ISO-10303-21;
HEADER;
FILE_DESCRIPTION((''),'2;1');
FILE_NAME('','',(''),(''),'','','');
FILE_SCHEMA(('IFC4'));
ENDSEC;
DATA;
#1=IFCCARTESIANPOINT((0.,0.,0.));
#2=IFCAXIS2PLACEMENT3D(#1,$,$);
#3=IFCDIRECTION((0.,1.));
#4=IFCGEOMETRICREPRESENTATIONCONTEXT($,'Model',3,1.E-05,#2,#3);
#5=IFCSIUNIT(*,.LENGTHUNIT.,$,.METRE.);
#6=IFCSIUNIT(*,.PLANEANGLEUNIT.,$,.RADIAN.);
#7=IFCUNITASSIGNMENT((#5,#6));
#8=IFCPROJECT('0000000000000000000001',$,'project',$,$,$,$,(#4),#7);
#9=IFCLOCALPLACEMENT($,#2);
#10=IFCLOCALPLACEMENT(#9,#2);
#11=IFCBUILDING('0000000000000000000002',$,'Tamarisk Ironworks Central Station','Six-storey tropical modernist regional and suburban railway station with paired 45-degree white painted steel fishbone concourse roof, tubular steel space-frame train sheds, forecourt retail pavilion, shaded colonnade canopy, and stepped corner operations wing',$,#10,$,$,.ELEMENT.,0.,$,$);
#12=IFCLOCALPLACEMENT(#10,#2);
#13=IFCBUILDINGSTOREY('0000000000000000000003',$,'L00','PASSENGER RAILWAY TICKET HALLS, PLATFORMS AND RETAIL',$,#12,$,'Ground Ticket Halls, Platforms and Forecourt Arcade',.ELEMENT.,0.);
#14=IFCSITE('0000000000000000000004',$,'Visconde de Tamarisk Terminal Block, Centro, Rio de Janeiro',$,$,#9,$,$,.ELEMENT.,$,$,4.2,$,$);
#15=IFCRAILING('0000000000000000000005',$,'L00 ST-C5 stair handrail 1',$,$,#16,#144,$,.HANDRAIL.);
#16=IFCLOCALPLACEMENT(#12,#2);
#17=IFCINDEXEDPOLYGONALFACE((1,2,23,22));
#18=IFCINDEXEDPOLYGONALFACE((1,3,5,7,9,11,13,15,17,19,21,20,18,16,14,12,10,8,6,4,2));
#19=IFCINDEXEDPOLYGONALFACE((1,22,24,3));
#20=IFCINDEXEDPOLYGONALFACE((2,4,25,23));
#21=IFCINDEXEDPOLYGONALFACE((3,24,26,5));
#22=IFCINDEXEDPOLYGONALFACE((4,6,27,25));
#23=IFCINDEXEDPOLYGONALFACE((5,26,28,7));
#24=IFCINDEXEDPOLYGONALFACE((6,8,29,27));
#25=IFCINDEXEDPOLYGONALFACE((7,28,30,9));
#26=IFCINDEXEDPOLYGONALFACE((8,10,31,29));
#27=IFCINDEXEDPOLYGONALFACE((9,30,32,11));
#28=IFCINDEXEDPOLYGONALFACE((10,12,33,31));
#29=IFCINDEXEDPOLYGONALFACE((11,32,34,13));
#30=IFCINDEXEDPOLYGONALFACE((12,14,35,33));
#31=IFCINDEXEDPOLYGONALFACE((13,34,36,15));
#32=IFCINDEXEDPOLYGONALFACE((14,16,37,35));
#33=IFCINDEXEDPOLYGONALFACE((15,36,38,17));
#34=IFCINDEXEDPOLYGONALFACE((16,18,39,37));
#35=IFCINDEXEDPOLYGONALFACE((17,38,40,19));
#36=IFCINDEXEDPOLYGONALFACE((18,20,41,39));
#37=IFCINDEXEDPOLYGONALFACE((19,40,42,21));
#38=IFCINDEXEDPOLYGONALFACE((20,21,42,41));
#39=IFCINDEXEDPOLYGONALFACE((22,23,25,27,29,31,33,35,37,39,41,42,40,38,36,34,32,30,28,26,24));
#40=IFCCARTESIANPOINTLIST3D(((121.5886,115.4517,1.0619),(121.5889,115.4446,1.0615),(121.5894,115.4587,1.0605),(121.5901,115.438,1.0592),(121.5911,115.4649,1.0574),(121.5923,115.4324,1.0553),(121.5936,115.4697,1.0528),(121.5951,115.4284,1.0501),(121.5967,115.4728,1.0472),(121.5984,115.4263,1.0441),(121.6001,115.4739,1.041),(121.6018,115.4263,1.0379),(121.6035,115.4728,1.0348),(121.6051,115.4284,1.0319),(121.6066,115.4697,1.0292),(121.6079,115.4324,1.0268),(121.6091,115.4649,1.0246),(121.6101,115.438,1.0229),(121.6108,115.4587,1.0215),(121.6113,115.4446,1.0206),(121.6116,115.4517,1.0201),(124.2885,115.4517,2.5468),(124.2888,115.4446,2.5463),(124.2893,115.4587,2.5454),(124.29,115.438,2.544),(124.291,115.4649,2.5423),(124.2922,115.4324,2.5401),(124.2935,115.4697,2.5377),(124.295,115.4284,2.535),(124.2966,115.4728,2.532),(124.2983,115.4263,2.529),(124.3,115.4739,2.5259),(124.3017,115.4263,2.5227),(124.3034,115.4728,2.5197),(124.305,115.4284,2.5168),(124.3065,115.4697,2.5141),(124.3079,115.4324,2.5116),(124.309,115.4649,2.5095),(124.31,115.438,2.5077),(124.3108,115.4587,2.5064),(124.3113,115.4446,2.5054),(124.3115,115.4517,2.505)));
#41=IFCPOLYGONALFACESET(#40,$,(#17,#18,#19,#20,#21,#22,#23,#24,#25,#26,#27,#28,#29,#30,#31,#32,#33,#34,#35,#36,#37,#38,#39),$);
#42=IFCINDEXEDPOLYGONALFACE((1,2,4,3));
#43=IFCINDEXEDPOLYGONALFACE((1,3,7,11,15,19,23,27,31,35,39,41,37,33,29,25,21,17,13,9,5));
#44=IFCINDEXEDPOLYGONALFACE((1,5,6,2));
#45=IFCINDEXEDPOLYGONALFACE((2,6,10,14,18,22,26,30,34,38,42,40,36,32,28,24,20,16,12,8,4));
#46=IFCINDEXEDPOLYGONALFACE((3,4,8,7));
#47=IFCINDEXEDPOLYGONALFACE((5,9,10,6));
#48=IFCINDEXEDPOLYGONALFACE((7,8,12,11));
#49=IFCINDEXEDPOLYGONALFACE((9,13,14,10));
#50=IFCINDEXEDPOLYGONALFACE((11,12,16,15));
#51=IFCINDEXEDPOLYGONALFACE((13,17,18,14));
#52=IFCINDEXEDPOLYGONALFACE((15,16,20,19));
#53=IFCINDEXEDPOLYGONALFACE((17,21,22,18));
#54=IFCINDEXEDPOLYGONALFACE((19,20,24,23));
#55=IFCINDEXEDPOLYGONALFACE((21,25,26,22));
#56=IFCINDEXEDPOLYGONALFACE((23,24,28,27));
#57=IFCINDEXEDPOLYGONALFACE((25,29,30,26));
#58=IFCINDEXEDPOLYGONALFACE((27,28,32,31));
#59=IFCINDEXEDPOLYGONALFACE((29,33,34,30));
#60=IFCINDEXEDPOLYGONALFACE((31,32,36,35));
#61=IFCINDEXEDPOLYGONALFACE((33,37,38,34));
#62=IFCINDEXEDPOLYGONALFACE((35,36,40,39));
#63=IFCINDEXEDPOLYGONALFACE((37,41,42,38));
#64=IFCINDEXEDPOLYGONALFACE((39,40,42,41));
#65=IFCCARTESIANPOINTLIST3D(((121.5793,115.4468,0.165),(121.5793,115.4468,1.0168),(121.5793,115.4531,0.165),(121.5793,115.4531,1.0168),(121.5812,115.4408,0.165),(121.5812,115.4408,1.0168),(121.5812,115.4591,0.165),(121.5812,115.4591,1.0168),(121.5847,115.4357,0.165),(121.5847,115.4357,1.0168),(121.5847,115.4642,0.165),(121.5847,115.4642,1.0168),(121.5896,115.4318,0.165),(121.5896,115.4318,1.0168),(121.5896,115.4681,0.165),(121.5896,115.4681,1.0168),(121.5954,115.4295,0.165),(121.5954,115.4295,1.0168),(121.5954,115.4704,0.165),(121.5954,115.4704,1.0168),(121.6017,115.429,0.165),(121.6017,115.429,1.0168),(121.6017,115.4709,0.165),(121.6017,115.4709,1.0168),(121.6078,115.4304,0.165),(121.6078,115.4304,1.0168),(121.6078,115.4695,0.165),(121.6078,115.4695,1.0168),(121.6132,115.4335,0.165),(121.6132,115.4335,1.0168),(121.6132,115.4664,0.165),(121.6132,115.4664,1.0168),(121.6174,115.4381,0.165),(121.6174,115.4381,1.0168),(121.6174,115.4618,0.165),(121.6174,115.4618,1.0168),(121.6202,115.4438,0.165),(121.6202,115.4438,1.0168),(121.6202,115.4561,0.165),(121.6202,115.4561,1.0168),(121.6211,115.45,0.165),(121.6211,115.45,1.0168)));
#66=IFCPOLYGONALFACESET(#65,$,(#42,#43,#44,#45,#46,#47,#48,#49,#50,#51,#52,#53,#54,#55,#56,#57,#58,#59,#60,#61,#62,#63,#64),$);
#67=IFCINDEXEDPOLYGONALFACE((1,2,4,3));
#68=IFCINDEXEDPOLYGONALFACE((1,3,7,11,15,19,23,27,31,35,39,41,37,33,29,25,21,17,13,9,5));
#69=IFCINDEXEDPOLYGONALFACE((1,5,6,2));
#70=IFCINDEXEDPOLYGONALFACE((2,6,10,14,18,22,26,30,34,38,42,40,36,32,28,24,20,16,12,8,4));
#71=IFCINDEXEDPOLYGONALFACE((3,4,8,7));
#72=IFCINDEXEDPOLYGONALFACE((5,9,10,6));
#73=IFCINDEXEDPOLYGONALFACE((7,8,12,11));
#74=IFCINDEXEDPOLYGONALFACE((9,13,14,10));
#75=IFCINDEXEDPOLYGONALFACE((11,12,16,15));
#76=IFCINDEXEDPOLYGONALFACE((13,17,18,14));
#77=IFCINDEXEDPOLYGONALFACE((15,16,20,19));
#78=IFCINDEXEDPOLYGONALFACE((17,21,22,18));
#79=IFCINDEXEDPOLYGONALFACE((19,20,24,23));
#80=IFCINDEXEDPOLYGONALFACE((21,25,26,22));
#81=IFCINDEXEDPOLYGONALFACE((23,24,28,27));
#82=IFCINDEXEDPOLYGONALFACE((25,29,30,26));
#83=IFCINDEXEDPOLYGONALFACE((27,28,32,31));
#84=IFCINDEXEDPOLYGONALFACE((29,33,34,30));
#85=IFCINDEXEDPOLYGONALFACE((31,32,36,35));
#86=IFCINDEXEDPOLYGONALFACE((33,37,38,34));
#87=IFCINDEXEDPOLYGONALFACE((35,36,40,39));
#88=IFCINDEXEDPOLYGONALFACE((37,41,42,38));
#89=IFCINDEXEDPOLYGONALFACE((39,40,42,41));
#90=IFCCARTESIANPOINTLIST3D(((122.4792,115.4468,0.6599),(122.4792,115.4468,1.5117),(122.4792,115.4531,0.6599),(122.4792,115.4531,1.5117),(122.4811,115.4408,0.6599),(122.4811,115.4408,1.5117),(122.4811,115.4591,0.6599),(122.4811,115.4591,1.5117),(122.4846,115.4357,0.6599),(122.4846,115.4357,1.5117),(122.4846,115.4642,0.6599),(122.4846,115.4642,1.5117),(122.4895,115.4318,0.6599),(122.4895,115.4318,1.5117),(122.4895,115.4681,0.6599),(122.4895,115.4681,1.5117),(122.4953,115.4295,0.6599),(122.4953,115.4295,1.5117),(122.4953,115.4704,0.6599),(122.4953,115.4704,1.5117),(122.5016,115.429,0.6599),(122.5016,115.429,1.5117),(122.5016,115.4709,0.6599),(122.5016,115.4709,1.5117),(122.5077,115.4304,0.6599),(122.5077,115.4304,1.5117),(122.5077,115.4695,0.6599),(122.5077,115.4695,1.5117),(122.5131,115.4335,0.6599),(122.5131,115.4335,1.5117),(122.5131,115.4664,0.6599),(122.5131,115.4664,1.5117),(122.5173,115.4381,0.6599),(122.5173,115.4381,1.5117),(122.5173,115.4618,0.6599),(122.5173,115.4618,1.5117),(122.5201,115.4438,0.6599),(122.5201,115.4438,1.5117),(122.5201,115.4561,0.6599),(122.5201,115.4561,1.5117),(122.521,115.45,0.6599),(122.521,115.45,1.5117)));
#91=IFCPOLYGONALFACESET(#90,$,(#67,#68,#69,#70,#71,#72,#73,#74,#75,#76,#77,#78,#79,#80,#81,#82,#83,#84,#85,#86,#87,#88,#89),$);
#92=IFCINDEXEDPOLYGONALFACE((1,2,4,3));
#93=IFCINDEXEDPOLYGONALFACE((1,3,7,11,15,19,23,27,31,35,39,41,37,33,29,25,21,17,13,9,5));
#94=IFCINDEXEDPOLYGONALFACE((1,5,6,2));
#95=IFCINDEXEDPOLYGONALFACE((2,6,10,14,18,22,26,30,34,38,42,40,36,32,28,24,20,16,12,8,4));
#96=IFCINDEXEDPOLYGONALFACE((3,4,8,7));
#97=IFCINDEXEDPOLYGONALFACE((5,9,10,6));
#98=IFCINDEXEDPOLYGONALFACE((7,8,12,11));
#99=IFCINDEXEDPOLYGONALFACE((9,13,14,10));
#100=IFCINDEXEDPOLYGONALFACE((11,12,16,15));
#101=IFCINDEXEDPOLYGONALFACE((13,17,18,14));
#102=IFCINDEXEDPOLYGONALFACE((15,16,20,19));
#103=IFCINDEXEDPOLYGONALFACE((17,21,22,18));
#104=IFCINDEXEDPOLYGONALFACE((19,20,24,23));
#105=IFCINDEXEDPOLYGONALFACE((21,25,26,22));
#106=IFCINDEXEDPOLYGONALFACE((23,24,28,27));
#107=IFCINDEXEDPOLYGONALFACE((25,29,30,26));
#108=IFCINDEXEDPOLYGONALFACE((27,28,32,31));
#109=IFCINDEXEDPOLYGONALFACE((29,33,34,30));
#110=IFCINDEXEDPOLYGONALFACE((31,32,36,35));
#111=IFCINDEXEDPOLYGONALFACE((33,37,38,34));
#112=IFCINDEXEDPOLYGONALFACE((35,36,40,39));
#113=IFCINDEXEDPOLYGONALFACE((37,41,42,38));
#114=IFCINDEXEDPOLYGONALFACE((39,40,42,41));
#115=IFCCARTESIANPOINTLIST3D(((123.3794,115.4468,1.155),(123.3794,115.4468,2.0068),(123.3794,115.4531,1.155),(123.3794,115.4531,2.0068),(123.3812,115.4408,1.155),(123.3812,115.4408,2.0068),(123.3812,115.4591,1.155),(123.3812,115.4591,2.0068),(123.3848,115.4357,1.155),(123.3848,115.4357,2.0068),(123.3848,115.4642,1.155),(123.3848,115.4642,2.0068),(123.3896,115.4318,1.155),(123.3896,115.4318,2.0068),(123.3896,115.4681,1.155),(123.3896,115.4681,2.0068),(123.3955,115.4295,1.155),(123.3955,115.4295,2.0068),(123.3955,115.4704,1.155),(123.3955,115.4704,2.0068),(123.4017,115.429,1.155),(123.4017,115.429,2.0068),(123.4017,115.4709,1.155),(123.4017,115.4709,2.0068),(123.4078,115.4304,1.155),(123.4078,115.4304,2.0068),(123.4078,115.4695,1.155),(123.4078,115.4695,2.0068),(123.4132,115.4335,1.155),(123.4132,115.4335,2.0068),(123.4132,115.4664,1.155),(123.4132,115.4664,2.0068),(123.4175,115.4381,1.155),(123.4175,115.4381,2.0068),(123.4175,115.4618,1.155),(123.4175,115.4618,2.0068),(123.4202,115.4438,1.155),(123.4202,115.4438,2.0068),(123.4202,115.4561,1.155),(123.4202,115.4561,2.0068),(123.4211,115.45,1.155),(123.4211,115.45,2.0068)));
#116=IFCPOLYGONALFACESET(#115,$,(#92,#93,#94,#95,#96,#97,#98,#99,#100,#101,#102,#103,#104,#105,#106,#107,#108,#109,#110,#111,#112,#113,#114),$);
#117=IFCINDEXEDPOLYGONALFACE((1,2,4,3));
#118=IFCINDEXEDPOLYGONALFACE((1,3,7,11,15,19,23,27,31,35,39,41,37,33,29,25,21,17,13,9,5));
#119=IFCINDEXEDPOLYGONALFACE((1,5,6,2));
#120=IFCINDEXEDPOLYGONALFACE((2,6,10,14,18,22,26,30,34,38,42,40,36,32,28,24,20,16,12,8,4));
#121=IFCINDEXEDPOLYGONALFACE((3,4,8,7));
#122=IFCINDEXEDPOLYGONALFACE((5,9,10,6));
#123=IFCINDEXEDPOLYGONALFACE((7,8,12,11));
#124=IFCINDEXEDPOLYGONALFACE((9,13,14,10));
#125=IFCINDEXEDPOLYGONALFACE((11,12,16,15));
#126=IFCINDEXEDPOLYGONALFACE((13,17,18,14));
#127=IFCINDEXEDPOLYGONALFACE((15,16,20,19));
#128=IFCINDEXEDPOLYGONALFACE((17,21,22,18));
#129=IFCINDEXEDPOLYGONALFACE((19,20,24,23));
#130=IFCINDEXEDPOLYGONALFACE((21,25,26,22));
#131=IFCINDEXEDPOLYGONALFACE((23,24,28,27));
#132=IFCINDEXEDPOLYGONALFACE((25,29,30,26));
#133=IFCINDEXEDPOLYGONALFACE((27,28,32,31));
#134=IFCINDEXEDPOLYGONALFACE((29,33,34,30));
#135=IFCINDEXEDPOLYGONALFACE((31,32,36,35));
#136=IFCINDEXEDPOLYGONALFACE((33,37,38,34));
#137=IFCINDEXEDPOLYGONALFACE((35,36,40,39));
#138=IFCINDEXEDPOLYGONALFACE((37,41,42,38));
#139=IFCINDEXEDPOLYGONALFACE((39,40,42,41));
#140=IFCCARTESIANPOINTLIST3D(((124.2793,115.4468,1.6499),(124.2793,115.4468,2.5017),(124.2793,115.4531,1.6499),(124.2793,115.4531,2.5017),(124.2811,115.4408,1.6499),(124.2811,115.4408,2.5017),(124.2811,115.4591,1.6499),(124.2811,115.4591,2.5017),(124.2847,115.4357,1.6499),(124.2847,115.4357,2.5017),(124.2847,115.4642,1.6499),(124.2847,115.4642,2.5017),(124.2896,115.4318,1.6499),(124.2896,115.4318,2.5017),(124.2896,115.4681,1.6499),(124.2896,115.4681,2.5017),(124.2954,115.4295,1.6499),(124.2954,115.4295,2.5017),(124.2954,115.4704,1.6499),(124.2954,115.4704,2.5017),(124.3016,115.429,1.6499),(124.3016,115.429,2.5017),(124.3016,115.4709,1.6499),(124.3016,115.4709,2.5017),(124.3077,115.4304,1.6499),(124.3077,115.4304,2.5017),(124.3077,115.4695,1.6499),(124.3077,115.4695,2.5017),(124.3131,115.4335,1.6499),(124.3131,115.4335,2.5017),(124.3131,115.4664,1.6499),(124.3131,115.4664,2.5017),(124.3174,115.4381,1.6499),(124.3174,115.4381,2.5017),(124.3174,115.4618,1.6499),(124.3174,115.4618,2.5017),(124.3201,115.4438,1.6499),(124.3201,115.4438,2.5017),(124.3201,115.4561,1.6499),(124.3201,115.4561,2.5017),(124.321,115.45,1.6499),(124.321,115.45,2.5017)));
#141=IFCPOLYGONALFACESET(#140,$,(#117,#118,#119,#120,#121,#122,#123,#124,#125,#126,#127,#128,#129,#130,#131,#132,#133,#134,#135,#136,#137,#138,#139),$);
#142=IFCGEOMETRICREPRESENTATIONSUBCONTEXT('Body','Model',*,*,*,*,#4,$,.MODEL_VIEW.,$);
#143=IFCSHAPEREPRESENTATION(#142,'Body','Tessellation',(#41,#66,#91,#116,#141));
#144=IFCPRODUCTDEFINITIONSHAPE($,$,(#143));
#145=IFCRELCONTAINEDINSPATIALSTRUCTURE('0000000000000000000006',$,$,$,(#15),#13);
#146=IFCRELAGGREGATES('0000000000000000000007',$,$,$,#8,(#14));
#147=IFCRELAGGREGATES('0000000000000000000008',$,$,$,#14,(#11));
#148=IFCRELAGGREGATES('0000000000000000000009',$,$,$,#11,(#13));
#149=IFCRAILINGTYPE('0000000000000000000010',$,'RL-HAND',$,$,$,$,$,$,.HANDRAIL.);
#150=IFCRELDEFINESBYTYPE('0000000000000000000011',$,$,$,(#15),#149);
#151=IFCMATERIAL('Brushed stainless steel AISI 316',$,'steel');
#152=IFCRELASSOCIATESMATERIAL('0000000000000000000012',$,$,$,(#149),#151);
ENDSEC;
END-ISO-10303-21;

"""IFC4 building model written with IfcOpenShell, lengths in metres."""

from ifc_helpers import new_model, si_unit, direction, frame, origin, origin_2d, place, context, subcontext, project, spatial, circle, extrude, material, type_object, element, save


model = new_model("IFC4")

# Units and contexts
model_context = context("Model", 3, precision=1e-05, world=origin(), true_north=direction((0.0, 1.0)))
body_context = subcontext(model_context, "Body", "Model", "MODEL_VIEW")
ifc_project = project(units=[si_unit("LENGTHUNIT", "METRE"), si_unit("PLANEANGLEUNIT", "RADIAN")], contexts=[model_context])

# Site, building, storey
site_placement = place(None, origin())
site = spatial("IfcSite", under=ifc_project, at=site_placement, Name="Visconde de Tamarisk Terminal Block, Centro, Rio de Janeiro", CompositionType="ELEMENT", RefElevation=4.2)
building_placement = place(site_placement, origin())
building = spatial("IfcBuilding", under=site, at=building_placement, Name="Tamarisk Ironworks Central Station", Description="Six-storey tropical modernist regional and suburban railway station with paired 45-degree white painted steel fishbone concourse roof, tubular steel space-frame train sheds, forecourt retail pavilion, shaded colonnade canopy, and stepped corner operations wing", CompositionType="ELEMENT", ElevationOfRefHeight=0.0)
storey_placement = place(building_placement, origin())
storey = spatial("IfcBuildingStorey", under=building, at=storey_placement, Name="L00", Description="PASSENGER RAILWAY TICKET HALLS, PLATFORMS AND RETAIL", LongName="Ground Ticket Halls, Platforms and Forecourt Arcade", CompositionType="ELEMENT", Elevation=0.0)

# Railing
ifc_material_1 = material(Name="Brushed stainless steel AISI 316", Category="steel")
railing_type_1 = type_object("IfcRailingType", Name="RL-HAND", PredefinedType="HANDRAIL", material=ifc_material_1)
railing_1_placement = place(storey_placement, frame((121.6001, 115.45, 0.165)))
element("IfcRailing", 1, at=railing_1_placement, inside=storey, type_object=railing_type_1, Name="L00 ST-C5 stair handrail 1", PredefinedType="HANDRAIL", context=body_context, shape_type="SweptSolid", body=[
    extrude(circle(Radius=0.0239, at=origin_2d()), frame((0.0, 0.0, 0.876), z_axis=(0.876231, 0.0, 0.481891), x_axis=(0.0, 1.0, 0.0)), (0.0, 0.0, 1.0), 3.0813),
    extrude(circle(Radius=0.021, at=origin_2d()), origin(), (0.0, 0.0, 1.0), 0.8518),
    extrude(circle(Radius=0.021, at=origin_2d()), frame((0.8999, 0.0, 0.4949)), (0.0, 0.0, 1.0), 0.8518),
    extrude(circle(Radius=0.021, at=origin_2d()), frame((1.8, 0.0, 0.99)), (0.0, 0.0, 1.0), 0.8518),
    extrude(circle(Radius=0.021, at=origin_2d()), frame((2.7, 0.0, 1.4849)), (0.0, 0.0, 1.0), 0.8518),
])

save(model, "model.ifc")
